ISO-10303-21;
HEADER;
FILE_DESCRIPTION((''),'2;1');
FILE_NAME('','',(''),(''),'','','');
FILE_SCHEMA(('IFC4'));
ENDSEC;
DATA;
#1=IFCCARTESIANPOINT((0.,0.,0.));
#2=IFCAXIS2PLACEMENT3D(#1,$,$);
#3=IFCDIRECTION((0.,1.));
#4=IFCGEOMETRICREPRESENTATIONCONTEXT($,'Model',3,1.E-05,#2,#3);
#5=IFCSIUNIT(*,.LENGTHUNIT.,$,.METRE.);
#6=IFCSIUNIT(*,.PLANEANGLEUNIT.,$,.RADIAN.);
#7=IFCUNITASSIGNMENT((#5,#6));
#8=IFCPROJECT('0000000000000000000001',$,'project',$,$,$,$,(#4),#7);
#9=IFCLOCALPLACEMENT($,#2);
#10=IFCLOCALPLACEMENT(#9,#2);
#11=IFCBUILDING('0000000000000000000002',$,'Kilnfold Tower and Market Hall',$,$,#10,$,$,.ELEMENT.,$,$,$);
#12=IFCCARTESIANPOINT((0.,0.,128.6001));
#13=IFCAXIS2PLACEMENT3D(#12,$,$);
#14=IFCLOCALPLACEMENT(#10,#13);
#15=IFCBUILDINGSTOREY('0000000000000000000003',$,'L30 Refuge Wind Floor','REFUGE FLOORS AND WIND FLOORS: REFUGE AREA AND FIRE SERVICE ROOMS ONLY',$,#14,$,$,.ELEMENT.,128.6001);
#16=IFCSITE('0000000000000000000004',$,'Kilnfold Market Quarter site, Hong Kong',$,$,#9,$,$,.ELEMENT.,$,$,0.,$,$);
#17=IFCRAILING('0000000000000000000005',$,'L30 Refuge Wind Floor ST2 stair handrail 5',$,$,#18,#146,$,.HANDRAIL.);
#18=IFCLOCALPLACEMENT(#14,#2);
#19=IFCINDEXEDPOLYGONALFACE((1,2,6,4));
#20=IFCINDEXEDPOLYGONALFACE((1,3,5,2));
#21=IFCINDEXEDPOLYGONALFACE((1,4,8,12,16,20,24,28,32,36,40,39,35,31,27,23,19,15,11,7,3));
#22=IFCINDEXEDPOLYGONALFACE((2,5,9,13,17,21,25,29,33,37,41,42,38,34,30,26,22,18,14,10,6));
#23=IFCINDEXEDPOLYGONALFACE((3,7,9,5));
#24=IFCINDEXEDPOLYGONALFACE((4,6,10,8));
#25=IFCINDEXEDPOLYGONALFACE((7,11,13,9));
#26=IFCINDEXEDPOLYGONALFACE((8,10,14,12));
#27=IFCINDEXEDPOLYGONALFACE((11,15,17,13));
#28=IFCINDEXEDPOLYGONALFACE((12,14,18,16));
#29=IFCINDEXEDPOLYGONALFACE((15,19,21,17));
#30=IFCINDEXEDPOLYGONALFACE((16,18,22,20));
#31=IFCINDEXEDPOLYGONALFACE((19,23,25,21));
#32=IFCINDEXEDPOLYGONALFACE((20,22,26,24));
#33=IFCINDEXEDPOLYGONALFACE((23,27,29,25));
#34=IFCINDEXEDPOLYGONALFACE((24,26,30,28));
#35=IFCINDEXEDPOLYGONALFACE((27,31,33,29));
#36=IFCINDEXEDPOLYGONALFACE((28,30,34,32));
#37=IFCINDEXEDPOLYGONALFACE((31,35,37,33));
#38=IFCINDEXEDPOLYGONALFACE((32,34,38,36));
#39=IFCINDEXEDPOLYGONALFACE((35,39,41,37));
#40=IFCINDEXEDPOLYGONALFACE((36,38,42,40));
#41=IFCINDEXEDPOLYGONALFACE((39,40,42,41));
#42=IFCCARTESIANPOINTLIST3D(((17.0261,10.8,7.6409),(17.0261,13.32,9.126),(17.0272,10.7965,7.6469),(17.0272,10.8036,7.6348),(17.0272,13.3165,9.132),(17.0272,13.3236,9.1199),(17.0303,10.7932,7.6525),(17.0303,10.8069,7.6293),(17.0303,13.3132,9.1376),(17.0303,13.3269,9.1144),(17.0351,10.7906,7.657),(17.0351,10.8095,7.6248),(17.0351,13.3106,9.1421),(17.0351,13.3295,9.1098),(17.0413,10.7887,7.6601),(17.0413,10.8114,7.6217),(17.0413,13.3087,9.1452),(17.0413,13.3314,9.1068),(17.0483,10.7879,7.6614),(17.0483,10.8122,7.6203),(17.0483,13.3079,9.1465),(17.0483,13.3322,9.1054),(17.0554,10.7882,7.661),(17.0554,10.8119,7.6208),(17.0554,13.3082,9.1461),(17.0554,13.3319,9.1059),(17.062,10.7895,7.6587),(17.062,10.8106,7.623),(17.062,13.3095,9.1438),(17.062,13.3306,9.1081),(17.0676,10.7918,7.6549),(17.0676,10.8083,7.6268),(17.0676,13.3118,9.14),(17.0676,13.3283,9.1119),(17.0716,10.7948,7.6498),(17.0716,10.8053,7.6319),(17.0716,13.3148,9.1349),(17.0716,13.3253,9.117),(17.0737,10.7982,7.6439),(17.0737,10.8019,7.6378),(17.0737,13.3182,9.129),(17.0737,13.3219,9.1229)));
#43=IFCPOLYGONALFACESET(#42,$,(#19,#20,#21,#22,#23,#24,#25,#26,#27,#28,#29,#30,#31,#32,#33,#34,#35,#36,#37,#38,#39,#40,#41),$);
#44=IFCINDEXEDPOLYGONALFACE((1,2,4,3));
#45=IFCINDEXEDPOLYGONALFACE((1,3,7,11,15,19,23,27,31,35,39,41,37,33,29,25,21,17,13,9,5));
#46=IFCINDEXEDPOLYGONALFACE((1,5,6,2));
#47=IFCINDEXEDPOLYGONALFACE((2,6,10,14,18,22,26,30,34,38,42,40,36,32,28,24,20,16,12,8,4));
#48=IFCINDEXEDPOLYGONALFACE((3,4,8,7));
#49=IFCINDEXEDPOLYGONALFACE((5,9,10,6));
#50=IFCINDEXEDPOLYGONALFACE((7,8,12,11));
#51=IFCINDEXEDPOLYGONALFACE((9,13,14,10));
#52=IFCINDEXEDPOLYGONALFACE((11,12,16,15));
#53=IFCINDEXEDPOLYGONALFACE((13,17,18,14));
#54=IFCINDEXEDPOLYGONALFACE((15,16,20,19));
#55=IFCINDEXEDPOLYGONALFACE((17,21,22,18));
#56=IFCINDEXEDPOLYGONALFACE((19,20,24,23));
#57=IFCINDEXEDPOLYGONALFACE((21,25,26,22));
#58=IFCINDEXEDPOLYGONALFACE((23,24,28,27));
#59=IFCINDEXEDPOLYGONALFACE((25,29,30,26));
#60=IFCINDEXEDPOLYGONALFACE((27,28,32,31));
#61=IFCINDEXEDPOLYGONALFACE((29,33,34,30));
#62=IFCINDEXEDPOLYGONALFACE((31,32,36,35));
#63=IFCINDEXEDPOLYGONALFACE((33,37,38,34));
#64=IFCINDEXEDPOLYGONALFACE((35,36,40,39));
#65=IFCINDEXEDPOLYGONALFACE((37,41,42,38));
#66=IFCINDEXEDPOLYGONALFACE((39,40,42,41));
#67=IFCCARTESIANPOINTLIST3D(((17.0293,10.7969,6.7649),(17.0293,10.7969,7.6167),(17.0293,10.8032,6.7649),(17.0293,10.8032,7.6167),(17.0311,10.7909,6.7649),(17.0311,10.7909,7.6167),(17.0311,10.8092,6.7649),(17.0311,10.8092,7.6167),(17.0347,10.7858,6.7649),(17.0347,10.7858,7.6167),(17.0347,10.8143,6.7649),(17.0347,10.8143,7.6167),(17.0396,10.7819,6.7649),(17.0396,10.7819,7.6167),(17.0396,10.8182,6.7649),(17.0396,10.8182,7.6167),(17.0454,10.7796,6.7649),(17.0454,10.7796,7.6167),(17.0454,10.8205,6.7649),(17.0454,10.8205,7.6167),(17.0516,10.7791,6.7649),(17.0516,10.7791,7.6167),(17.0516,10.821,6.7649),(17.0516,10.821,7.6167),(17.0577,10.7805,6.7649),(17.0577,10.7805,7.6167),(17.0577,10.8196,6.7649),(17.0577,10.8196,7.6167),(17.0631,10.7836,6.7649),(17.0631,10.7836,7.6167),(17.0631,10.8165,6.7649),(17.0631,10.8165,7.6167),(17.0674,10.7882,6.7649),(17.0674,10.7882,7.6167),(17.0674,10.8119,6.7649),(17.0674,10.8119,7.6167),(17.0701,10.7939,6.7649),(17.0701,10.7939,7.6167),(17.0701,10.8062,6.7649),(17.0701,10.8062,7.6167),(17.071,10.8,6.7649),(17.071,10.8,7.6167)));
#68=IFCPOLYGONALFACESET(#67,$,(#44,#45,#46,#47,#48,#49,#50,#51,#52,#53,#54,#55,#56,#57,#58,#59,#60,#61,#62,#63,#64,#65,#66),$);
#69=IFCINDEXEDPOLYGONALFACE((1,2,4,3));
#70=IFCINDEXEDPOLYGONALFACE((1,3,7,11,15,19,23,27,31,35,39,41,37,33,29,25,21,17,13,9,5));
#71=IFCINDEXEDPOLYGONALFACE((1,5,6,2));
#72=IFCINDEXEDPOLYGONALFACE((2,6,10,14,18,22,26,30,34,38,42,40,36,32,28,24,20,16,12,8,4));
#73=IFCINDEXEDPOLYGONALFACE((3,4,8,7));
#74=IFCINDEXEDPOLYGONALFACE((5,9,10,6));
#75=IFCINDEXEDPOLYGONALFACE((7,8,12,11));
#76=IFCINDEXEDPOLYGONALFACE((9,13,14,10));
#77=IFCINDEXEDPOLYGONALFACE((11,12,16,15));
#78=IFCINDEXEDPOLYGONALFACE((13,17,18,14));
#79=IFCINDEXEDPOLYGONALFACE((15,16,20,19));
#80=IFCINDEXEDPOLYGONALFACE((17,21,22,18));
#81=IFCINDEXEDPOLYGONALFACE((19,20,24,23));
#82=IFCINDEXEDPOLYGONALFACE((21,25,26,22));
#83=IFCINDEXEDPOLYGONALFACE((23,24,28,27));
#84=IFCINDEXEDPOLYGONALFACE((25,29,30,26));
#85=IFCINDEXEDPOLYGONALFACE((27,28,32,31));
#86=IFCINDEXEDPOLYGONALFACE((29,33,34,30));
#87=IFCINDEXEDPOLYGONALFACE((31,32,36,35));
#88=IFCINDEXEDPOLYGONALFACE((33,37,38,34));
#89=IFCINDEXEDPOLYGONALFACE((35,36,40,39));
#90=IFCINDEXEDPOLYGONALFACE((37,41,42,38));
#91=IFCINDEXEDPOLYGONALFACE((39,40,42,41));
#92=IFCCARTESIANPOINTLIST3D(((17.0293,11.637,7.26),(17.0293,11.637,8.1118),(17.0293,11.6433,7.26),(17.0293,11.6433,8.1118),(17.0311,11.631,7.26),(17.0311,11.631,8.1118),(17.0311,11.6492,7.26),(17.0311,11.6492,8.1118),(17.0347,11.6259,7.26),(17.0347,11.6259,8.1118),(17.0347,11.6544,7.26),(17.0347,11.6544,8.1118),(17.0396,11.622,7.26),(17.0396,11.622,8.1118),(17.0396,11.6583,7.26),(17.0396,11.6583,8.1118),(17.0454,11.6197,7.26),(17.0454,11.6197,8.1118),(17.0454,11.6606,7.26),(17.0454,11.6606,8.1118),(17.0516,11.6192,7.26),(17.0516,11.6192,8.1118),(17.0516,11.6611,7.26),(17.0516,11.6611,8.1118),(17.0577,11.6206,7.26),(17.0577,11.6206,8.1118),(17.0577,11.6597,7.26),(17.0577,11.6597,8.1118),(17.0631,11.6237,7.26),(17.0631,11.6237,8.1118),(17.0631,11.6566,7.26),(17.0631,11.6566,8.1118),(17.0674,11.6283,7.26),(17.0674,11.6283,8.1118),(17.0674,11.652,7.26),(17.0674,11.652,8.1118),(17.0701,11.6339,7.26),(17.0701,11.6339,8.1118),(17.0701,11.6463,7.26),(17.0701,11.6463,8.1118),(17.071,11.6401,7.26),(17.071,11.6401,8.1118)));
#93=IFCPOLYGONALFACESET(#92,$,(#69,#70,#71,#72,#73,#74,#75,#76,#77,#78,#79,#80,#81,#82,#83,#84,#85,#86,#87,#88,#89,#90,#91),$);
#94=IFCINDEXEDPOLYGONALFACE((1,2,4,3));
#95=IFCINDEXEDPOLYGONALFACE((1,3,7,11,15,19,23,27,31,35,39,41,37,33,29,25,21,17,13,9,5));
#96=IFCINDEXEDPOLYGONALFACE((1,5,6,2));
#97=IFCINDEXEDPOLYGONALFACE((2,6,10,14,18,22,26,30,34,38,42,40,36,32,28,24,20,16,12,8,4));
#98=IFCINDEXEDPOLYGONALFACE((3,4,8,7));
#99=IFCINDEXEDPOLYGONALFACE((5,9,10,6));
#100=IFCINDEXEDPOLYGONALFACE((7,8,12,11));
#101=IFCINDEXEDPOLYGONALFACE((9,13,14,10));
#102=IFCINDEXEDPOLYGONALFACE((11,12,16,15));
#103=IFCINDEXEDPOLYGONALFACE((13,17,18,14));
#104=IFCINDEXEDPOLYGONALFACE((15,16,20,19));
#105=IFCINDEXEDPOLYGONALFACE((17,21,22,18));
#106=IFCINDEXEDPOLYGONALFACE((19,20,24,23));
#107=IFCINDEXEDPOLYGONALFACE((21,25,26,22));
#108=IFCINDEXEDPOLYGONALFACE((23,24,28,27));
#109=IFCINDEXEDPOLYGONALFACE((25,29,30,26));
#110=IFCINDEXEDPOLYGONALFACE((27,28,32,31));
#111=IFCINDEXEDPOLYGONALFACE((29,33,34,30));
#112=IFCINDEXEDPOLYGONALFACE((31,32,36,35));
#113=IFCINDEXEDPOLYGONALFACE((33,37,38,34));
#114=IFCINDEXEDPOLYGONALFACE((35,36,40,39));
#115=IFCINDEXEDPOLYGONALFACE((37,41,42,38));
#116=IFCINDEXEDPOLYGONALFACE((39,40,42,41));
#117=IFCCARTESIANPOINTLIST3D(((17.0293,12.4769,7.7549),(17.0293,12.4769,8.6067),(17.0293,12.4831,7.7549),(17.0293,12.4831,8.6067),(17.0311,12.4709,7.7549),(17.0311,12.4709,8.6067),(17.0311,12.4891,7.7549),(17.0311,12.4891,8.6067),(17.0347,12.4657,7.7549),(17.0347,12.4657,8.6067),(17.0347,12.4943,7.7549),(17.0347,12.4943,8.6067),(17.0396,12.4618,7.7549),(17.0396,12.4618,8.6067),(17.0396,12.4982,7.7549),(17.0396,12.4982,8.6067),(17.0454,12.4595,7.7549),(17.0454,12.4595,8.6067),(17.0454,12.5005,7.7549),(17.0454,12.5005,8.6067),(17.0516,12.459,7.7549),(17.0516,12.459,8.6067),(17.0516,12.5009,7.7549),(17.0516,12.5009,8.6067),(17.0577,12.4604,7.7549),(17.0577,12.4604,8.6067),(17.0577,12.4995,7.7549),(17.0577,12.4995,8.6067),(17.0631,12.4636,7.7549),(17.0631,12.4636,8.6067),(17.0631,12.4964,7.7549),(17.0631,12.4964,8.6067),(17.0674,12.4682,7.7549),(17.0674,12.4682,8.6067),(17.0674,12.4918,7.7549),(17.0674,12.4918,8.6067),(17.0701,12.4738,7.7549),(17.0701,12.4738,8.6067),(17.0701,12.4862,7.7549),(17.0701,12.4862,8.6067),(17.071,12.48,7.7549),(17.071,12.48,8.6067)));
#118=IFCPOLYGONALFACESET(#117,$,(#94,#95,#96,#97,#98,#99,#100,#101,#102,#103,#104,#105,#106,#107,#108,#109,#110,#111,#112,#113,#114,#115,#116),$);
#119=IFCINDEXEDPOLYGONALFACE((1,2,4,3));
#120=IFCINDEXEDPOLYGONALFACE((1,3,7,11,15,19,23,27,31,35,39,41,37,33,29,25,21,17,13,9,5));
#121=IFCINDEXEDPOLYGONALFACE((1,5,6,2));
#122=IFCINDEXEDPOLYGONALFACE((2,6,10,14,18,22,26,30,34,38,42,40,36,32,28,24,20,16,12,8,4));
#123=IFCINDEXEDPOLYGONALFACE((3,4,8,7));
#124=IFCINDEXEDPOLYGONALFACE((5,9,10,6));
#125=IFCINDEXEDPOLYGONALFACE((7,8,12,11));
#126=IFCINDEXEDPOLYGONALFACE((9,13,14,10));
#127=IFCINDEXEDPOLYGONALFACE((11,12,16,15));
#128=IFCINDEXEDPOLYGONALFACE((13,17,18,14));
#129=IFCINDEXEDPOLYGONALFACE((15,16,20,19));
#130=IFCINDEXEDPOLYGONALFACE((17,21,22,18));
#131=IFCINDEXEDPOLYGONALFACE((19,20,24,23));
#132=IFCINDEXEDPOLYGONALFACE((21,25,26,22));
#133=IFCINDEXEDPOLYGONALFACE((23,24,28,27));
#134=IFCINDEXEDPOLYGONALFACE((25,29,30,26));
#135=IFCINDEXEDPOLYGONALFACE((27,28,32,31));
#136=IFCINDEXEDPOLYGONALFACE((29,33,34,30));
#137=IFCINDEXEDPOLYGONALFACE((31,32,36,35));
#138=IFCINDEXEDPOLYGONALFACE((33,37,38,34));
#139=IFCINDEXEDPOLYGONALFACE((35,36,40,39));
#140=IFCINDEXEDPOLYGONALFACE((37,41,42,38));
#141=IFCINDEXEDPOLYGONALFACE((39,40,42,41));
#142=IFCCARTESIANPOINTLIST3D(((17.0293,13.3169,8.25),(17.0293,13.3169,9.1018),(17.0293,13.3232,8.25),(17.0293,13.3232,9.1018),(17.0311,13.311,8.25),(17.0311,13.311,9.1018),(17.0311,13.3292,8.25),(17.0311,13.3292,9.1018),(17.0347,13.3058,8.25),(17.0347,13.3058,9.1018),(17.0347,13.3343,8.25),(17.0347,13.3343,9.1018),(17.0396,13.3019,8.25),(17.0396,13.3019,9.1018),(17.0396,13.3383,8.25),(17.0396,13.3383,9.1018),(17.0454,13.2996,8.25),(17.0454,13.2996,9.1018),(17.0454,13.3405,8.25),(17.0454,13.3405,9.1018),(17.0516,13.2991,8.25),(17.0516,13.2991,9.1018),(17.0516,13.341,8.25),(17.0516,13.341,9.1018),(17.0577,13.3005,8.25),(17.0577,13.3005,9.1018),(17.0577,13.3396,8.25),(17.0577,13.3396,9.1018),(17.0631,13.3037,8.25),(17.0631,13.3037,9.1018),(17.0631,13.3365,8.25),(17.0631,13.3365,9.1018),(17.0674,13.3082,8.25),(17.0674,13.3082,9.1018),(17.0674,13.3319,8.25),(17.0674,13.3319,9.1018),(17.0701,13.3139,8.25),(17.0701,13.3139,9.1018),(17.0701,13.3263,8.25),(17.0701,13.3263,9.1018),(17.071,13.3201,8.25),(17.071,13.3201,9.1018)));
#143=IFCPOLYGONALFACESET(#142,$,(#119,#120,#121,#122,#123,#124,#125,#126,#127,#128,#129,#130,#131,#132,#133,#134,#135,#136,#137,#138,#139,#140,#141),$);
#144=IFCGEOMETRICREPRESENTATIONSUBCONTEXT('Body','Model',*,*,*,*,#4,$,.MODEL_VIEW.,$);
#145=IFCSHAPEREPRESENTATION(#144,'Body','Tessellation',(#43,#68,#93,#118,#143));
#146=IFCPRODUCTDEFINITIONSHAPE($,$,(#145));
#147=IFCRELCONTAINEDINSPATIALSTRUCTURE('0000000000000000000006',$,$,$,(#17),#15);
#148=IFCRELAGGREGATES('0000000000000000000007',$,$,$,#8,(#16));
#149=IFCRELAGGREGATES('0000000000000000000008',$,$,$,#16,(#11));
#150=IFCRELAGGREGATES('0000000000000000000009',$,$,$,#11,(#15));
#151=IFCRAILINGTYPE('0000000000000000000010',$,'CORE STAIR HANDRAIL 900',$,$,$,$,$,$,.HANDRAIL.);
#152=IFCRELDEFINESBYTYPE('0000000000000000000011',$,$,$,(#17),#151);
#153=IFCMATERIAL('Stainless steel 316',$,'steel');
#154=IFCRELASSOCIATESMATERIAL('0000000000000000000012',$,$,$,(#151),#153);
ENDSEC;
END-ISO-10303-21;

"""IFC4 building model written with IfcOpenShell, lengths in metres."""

from ifc_helpers import new_model, si_unit, direction, frame, origin, origin_2d, place, context, subcontext, project, spatial, circle, extrude, material, type_object, element, save


model = new_model("IFC4")

# Units and contexts
model_context = context("Model", 3, precision=1e-05, world=origin(), true_north=direction((0.0, 1.0)))
body_context = subcontext(model_context, "Body", "Model", "MODEL_VIEW")
ifc_project = project(units=[si_unit("LENGTHUNIT", "METRE"), si_unit("PLANEANGLEUNIT", "RADIAN")], contexts=[model_context])

# Site, building, storey
site_placement = place(None, origin())
site = spatial("IfcSite", under=ifc_project, at=site_placement, Name="Kilnfold Market Quarter site, Hong Kong", CompositionType="ELEMENT", RefElevation=0.0)
building_placement = place(site_placement, origin())
building = spatial("IfcBuilding", under=site, at=building_placement, Name="Kilnfold Tower and Market Hall", CompositionType="ELEMENT")
storey_placement = place(building_placement, frame((0.0, 0.0, 128.6001)))
storey = spatial("IfcBuildingStorey", under=building, at=storey_placement, Name="L30 Refuge Wind Floor", Description="REFUGE FLOORS AND WIND FLOORS: REFUGE AREA AND FIRE SERVICE ROOMS ONLY", CompositionType="ELEMENT", Elevation=128.6001)

# Railing
ifc_material_1 = material(Name="Stainless steel 316", Category="steel")
railing_type_1 = type_object("IfcRailingType", Name="CORE STAIR HANDRAIL 900", PredefinedType="HANDRAIL", material=ifc_material_1)
railing_1_placement = place(storey_placement, frame((17.05, 10.8, 6.7649)))
element("IfcRailing", 1, at=railing_1_placement, inside=storey, type_object=railing_type_1, Name="L30 Refuge Wind Floor ST2 stair handrail 5", PredefinedType="HANDRAIL", context=body_context, shape_type="SweptSolid", body=[
    extrude(circle(Radius=0.0239, at=origin_2d()), frame((0.0, 0.0, 0.876), z_axis=(0.0, 0.861524, 0.507717), x_axis=(-1.0, 0.0, 0.0)), (0.0, 0.0, 1.0), 2.925),
    extrude(circle(Radius=0.021, at=origin_2d()), origin(), (0.0, 0.0, 1.0), 0.8518),
    extrude(circle(Radius=0.021, at=origin_2d()), frame((0.0, 0.8401, 0.4951)), (0.0, 0.0, 1.0), 0.8518),
    extrude(circle(Radius=0.021, at=origin_2d()), frame((0.0, 1.6799, 0.99)), (0.0, 0.0, 1.0), 0.8518),
    extrude(circle(Radius=0.021, at=origin_2d()), frame((0.0, 2.52, 1.4851)), (0.0, 0.0, 1.0), 0.8518),
])

save(model, "model.ifc")
